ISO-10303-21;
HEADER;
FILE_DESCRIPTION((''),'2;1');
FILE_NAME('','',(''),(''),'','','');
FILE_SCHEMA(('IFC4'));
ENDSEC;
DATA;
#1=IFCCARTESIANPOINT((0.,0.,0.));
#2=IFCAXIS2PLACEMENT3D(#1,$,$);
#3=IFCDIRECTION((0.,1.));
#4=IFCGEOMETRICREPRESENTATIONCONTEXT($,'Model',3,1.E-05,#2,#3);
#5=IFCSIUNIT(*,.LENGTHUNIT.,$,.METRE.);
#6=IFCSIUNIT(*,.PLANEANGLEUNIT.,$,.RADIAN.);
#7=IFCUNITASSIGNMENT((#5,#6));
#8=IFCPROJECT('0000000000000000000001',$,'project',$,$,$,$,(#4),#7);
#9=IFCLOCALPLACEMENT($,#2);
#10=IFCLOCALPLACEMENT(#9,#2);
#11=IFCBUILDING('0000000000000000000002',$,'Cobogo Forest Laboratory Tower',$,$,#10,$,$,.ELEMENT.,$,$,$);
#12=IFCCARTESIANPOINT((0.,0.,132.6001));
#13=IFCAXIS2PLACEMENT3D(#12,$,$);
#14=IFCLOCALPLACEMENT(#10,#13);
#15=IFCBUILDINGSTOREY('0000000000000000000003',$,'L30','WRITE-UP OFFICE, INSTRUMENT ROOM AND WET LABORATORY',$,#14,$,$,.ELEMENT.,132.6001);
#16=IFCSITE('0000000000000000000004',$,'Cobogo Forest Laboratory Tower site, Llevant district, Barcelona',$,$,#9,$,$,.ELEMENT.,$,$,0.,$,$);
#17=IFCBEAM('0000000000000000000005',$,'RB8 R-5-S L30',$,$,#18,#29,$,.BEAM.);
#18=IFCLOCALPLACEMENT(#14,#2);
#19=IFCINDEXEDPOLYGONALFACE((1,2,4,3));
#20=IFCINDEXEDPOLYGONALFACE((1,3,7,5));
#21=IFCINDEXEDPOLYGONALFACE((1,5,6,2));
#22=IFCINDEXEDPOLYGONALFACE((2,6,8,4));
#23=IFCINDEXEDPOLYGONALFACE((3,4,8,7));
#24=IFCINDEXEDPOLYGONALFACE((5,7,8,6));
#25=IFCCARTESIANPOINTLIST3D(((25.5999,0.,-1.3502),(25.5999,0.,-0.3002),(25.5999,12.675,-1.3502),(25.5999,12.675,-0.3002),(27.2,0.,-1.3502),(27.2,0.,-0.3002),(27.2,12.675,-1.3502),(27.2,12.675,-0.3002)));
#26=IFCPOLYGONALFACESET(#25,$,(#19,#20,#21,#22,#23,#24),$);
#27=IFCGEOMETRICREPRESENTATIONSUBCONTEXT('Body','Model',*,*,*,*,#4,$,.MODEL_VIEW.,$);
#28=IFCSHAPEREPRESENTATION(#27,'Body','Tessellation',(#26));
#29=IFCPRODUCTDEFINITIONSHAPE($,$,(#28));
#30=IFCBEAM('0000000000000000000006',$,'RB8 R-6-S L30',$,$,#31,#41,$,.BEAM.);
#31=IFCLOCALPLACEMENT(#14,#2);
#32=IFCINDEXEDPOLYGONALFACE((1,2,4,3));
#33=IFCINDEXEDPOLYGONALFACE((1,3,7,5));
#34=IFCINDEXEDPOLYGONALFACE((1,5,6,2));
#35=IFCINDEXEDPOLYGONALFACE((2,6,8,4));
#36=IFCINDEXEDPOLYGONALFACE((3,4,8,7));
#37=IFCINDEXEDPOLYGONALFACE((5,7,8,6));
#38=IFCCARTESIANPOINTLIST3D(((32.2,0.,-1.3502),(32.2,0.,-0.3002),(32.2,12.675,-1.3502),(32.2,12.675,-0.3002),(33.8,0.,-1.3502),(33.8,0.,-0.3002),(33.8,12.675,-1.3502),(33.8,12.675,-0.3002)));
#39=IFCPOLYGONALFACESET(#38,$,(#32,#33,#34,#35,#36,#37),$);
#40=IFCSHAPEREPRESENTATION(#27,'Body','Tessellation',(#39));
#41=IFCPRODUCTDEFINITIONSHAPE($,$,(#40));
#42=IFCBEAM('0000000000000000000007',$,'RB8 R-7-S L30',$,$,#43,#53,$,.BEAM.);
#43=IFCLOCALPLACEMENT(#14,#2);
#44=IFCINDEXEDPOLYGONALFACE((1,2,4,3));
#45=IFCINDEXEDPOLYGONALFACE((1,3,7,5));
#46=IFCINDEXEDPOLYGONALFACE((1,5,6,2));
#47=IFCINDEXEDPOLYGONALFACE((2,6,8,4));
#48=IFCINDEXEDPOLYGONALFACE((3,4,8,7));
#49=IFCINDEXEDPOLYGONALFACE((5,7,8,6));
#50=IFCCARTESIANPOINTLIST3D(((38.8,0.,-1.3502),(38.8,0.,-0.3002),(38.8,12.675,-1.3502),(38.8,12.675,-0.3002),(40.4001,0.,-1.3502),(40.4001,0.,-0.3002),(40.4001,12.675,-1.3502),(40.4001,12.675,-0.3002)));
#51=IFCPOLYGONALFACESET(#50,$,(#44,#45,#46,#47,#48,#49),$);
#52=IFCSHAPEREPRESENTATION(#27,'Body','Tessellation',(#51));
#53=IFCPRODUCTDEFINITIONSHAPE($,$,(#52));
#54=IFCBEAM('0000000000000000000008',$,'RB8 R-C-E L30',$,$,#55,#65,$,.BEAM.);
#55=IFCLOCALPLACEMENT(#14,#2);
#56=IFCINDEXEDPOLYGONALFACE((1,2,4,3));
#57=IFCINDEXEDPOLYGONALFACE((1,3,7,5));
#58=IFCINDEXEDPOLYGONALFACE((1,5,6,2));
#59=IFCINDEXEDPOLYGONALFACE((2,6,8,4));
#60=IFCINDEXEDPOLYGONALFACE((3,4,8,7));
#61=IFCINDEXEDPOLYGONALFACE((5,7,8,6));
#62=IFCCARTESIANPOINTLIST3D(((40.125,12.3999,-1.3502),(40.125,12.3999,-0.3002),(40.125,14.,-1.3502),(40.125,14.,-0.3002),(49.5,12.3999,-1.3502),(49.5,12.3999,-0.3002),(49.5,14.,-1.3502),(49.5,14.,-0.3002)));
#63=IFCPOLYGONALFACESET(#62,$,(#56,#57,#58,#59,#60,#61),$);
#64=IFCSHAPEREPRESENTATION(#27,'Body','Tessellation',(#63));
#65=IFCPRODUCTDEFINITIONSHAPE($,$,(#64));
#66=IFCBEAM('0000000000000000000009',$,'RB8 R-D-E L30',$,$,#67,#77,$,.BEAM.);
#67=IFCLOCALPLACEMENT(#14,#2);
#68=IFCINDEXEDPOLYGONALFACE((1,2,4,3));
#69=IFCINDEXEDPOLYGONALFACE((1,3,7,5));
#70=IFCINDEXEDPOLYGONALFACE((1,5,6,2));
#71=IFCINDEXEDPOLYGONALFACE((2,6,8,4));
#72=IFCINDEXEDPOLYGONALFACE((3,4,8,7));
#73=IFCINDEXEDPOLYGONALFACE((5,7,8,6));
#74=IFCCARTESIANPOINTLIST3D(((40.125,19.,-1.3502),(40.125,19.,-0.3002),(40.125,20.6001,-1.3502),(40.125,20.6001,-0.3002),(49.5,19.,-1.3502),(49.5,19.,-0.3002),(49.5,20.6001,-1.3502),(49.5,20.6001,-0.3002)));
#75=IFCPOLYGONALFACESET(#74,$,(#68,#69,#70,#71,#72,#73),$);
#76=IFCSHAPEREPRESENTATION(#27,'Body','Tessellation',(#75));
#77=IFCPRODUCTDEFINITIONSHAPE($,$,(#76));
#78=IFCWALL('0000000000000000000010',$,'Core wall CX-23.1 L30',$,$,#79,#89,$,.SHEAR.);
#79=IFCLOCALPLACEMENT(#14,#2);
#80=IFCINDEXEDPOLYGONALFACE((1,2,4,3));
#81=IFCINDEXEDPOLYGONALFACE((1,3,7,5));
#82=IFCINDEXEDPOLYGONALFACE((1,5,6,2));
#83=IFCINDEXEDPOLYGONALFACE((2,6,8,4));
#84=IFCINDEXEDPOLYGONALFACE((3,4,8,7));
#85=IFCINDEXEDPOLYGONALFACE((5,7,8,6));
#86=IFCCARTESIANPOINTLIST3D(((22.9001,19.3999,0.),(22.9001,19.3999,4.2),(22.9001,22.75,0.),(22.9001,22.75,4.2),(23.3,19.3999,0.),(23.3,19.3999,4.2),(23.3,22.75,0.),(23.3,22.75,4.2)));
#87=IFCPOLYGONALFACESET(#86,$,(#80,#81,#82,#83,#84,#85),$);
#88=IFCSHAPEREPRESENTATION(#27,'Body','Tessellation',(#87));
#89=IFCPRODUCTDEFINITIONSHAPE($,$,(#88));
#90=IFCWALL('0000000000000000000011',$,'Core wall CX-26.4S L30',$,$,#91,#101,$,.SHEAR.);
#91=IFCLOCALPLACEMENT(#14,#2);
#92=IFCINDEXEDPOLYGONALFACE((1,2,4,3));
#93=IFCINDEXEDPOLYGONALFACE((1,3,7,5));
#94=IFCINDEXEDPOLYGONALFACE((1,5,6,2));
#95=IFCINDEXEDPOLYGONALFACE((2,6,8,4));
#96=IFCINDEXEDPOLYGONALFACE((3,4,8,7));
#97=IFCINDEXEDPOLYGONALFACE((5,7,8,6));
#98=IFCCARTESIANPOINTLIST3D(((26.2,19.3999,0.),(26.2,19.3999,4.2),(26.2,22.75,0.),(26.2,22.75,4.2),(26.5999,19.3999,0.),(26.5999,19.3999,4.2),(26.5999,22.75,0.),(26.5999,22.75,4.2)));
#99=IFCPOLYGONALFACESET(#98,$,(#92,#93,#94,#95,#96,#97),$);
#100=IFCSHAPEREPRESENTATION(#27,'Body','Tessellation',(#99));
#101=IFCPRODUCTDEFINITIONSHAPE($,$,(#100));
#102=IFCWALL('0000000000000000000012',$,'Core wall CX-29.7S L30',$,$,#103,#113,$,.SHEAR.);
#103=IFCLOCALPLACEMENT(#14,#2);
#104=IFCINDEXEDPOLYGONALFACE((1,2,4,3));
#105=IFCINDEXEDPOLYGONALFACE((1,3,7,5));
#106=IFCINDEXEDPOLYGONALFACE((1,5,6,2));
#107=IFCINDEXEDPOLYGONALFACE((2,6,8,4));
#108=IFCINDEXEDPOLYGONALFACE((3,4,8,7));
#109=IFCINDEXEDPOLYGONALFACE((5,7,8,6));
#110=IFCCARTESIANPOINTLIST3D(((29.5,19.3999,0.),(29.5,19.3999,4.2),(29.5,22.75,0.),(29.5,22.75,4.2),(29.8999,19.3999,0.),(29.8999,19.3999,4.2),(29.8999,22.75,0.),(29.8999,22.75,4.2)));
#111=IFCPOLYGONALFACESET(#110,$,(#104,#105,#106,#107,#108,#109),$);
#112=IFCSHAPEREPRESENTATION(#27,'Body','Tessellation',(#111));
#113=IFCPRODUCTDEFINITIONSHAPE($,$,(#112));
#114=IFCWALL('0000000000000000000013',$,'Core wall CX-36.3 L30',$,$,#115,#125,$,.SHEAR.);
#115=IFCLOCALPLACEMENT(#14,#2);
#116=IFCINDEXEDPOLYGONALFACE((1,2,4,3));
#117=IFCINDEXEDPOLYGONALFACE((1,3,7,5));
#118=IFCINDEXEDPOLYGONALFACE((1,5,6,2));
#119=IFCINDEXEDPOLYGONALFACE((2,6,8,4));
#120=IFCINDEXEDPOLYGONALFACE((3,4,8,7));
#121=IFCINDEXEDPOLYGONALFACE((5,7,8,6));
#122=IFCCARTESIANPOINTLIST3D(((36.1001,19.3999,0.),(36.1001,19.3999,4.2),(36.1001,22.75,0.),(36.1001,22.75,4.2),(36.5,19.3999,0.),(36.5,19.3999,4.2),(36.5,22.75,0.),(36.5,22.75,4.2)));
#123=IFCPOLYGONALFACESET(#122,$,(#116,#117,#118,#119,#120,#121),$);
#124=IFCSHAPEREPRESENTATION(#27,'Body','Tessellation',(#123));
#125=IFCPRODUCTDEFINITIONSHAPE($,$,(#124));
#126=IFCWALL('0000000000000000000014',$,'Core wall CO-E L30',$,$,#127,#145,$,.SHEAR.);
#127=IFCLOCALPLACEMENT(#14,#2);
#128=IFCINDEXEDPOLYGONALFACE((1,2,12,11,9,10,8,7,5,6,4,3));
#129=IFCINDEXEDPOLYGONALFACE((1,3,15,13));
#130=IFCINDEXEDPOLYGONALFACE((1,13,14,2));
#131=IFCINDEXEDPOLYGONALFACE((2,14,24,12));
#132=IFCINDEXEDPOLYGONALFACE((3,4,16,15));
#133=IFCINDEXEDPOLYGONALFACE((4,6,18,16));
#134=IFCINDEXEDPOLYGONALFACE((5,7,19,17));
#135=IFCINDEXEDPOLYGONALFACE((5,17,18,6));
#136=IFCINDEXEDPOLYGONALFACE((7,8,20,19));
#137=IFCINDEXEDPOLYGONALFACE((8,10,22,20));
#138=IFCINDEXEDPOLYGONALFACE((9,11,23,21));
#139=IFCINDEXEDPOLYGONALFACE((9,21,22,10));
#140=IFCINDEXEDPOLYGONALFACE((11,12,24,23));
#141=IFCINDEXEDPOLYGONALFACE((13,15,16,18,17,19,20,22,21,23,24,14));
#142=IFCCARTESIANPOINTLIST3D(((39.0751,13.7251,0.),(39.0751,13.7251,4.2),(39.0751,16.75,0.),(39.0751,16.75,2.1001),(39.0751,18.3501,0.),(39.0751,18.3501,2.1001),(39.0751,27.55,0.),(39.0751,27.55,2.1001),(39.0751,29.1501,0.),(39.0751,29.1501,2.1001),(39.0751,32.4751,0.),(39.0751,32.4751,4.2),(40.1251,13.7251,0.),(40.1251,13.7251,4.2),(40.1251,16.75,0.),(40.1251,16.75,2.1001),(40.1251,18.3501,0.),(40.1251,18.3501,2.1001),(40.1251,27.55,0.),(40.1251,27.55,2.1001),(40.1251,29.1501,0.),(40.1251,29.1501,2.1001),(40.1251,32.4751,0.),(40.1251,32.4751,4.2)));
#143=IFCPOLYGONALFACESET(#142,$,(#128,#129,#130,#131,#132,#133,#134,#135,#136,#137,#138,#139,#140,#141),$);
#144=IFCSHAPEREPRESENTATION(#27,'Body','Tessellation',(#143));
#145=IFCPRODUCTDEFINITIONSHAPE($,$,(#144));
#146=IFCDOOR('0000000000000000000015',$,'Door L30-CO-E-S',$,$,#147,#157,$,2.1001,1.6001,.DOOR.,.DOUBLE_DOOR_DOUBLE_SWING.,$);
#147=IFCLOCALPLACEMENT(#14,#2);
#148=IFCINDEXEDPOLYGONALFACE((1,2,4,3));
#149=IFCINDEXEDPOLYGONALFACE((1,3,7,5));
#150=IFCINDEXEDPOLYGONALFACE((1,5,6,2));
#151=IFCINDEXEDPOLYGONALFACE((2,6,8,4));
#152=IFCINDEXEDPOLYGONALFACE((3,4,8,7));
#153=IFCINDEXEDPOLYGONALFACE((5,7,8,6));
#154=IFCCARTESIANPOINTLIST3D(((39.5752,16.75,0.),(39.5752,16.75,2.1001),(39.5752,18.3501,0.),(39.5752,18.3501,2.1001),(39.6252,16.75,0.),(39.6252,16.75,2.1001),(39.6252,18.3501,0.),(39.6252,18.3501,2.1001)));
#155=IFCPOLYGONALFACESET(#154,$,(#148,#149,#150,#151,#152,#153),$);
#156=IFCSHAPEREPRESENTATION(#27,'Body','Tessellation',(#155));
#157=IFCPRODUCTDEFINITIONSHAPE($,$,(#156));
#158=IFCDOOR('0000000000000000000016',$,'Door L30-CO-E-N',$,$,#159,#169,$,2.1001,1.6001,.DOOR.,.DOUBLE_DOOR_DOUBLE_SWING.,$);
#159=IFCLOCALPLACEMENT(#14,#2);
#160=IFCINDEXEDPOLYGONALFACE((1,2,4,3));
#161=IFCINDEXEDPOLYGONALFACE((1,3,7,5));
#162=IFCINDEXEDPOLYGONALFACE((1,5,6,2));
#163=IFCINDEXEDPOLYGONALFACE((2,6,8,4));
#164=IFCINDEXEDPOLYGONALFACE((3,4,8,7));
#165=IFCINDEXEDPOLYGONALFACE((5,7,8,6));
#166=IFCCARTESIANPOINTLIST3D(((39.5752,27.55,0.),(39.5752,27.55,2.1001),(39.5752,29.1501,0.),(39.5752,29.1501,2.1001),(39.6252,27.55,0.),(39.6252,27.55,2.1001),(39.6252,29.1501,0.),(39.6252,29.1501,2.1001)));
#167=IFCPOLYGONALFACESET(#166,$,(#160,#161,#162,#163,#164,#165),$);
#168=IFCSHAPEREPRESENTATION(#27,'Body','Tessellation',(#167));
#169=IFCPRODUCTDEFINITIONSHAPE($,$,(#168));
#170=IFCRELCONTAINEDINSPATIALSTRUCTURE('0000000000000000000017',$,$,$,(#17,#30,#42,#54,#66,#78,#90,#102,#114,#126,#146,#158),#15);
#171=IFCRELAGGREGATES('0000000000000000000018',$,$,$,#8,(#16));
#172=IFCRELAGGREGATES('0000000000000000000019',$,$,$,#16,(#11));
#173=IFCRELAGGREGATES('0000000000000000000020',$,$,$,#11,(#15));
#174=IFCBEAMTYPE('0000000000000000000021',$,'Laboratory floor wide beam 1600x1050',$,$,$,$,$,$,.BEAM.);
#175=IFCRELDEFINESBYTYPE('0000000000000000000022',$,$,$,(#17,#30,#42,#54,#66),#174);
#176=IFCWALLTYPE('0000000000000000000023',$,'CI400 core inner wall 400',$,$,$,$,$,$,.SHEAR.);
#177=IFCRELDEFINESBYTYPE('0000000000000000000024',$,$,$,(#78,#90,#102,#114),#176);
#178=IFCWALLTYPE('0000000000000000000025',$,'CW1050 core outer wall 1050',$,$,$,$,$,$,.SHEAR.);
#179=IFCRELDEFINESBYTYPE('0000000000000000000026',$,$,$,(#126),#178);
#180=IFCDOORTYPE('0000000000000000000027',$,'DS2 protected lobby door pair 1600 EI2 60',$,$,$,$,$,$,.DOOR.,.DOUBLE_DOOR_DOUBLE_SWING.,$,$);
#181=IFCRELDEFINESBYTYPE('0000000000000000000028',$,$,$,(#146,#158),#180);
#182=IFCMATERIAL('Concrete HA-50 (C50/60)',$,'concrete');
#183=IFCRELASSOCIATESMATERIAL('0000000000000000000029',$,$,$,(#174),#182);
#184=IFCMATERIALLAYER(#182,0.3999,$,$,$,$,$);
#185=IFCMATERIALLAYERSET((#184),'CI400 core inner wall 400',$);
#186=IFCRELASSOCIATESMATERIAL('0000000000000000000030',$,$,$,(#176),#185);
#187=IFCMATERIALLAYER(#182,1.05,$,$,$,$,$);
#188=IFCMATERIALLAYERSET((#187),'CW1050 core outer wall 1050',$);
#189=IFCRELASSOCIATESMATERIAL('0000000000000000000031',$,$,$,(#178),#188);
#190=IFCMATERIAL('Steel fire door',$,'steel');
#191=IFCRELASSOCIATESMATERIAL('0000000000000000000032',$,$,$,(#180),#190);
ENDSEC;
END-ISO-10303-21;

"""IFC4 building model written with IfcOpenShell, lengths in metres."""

from ifc_helpers import new_model, si_unit, direction, frame, frame_2d, origin, origin_2d, place, context, subcontext, project, spatial, rectangle, extrude, material, layer, layer_set, material_profile, profile_set, type_object, element, fill, save


model = new_model("IFC4")

# Units and contexts
model_context = context("Model", 3, precision=1e-05, world=origin(), true_north=direction((0.0, 1.0)))
body_context = subcontext(model_context, "Body", "Model", "MODEL_VIEW")
ifc_project = project(units=[si_unit("LENGTHUNIT", "METRE"), si_unit("PLANEANGLEUNIT", "RADIAN")], contexts=[model_context])

# Site, building, storey
site_placement = place(None, origin())
site = spatial("IfcSite", under=ifc_project, at=site_placement, Name="Cobogo Forest Laboratory Tower site, Llevant district, Barcelona", CompositionType="ELEMENT", RefElevation=0.0)
building_placement = place(site_placement, origin())
building = spatial("IfcBuilding", under=site, at=building_placement, Name="Cobogo Forest Laboratory Tower", CompositionType="ELEMENT")
storey_placement = place(building_placement, frame((0.0, 0.0, 132.6001)))
storey = spatial("IfcBuildingStorey", under=building, at=storey_placement, Name="L30", Description="WRITE-UP OFFICE, INSTRUMENT ROOM AND WET LABORATORY", CompositionType="ELEMENT", Elevation=132.6001)

# Beams
ifc_material_1 = material(Name="Concrete HA-50 (C50/60)", Category="concrete")
ifc_material_profile = material_profile(ifc_material_1, rectangle(XDim=1.6001, YDim=1.05, at=origin_2d()), Name="RC 1600x1050")
ifc_profile_set = profile_set([ifc_material_profile], Name="Concrete HA-50 (C50/60)")
beam_type = type_object("IfcBeamType", Name="Laboratory floor wide beam 1600x1050", PredefinedType="BEAM", material=ifc_profile_set)
for number, where, z_axis, x_axis, name in (
    (1, (26.3999, 12.675, -0.8252), (0.0, -1.0, 0.0), (1.0, 0.0, 0.0), "RB8 R-5-S L30"),
    (2, (33.0, 12.675, -0.8252), (0.0, -1.0, 0.0), (1.0, 0.0, 0.0), "RB8 R-6-S L30"),
    (3, (39.6001, 12.675, -0.8252), (0.0, -1.0, 0.0), (1.0, 0.0, 0.0), "RB8 R-7-S L30"),
):
    element("IfcBeam", number, at=place(storey_placement, frame(where, z_axis=z_axis, x_axis=x_axis)), inside=storey, type_object=beam_type, Name=name, PredefinedType="BEAM", context=body_context, shape_type="SweptSolid", body=[
        extrude(rectangle(XDim=1.6001, YDim=1.05, at=origin_2d()), origin(), (0.0, 0.0, 1.0), 12.675),
    ])
for number, where, z_axis, x_axis, name in (
    (4, (40.125, 13.2, -0.8252), (1.0, 0.0, 0.0), (0.0, 1.0, 0.0), "RB8 R-C-E L30"),
    (5, (40.125, 19.8, -0.8252), (1.0, 0.0, 0.0), (0.0, 1.0, 0.0), "RB8 R-D-E L30"),
):
    element("IfcBeam", number, at=place(storey_placement, frame(where, z_axis=z_axis, x_axis=x_axis)), inside=storey, type_object=beam_type, Name=name, PredefinedType="BEAM", context=body_context, shape_type="SweptSolid", body=[
        extrude(rectangle(XDim=1.6001, YDim=1.05, at=origin_2d()), origin(), (0.0, 0.0, 1.0), 9.375),
    ])

# Walls
ifc_layer_1 = layer(ifc_material_1, 0.3999)
ifc_layer_set_1 = layer_set([ifc_layer_1], Name="CI400 core inner wall 400")
wall_type_1 = type_object("IfcWallType", Name="CI400 core inner wall 400", PredefinedType="SHEAR", material=ifc_layer_set_1)
for number, where, z_axis, x_axis, name in (
    (6, (23.1001, 19.3999, 0.0), (0.0, 0.0, 1.0), (0.0, 1.0, 0.0), "Core wall CX-23.1 L30"),
    (7, (26.3999, 19.3999, 0.0), (0.0, 0.0, 1.0), (0.0, 1.0, 0.0), "Core wall CX-26.4S L30"),
    (8, (29.7, 19.3999, 0.0), (0.0, 0.0, 1.0), (0.0, 1.0, 0.0), "Core wall CX-29.7S L30"),
    (9, (36.3, 19.3999, 0.0), (0.0, 0.0, 1.0), (0.0, 1.0, 0.0), "Core wall CX-36.3 L30"),
):
    element("IfcWall", number, at=place(storey_placement, frame(where, z_axis=z_axis, x_axis=x_axis)), inside=storey, type_object=wall_type_1, Name=name, PredefinedType="SHEAR", context=body_context, shape_type="SweptSolid", body=[
        extrude(rectangle(XDim=3.3501, YDim=0.3999, at=frame_2d((1.675, 0.0))), origin(), (0.0, 0.0, 1.0), 4.2),
    ])

# Wall, openings, doors
ifc_layer_2 = layer(ifc_material_1, 1.05)
ifc_layer_set_2 = layer_set([ifc_layer_2], Name="CW1050 core outer wall 1050")
wall_type_2 = type_object("IfcWallType", Name="CW1050 core outer wall 1050", PredefinedType="SHEAR", material=ifc_layer_set_2)
wall_1_placement = place(storey_placement, frame((39.6001, 13.7251, 0.0), z_axis=(0.0, 0.0, 1.0), x_axis=(0.0, 1.0, 0.0)))
wall_1 = element("IfcWall", 10, at=wall_1_placement, inside=storey, type_object=wall_type_2, Name="Core wall CO-E L30", PredefinedType="SHEAR", context=body_context, shape_type="SweptSolid", body=[
    extrude(rectangle(XDim=18.75, YDim=1.05, at=frame_2d((9.375, 0.0))), origin(), (0.0, 0.0, 1.0), 4.2),
])
opening_1_placement = place(wall_1_placement, frame((3.0249, 0.0, 0.0)))
opening_1 = element("IfcOpeningElement", 11, at=opening_1_placement, cuts=wall_1, PredefinedType="OPENING", context=body_context, shape_type="SweptSolid", body=[
    extrude(rectangle(XDim=1.6001, YDim=2.1001, at=frame_2d((0.8, 1.05))), frame((0.0, 0.5349, 0.0), z_axis=(0.0, -1.0, 0.0), x_axis=(1.0, 0.0, 0.0)), (0.0, 0.0, 1.0), 1.0701),
])
opening_2_placement = place(wall_1_placement, frame((13.825, 0.0, 0.0)))
opening_2 = element("IfcOpeningElement", 12, at=opening_2_placement, cuts=wall_1, PredefinedType="OPENING", context=body_context, shape_type="SweptSolid", body=[
    extrude(rectangle(XDim=1.6001, YDim=2.1001, at=frame_2d((0.8, 1.05))), frame((0.0, 0.5349, 0.0), z_axis=(0.0, -1.0, 0.0), x_axis=(1.0, 0.0, 0.0)), (0.0, 0.0, 1.0), 1.0701),
])
ifc_material_2 = material(Name="Steel fire door", Category="steel")
door_type_1 = type_object("IfcDoorType", Name="DS2 protected lobby door pair 1600 EI2 60", OperationType="DOUBLE_DOOR_DOUBLE_SWING", PredefinedType="DOOR", material=ifc_material_2)
door_1_placement = place(opening_1_placement, origin())
door_1 = element("IfcDoor", 13, at=door_1_placement, inside=storey, type_object=door_type_1, Name="Door L30-CO-E-S", OperationType="DOUBLE_DOOR_DOUBLE_SWING", OverallHeight=2.1001, OverallWidth=1.6001, PredefinedType="DOOR", context=body_context, shape_type="SweptSolid", body=[
    extrude(rectangle(XDim=1.6001, YDim=2.1001, at=frame_2d((0.8, 1.05))), frame((0.0, 0.0249, 0.0), z_axis=(0.0, -1.0, 0.0), x_axis=(1.0, 0.0, 0.0)), (0.0, 0.0, 1.0), 0.05),
])
fill(opening_1, door_1)
door_2_placement = place(opening_2_placement, origin())
door_2 = element("IfcDoor", 14, at=door_2_placement, inside=storey, type_object=door_type_1, Name="Door L30-CO-E-N", OperationType="DOUBLE_DOOR_DOUBLE_SWING", OverallHeight=2.1001, OverallWidth=1.6001, PredefinedType="DOOR", context=body_context, shape_type="SweptSolid", body=[
    extrude(rectangle(XDim=1.6001, YDim=2.1001, at=frame_2d((0.8, 1.05))), frame((0.0, 0.0249, 0.0), z_axis=(0.0, -1.0, 0.0), x_axis=(1.0, 0.0, 0.0)), (0.0, 0.0, 1.0), 0.05),
])
fill(opening_2, door_2)

save(model, "model.ifc")
